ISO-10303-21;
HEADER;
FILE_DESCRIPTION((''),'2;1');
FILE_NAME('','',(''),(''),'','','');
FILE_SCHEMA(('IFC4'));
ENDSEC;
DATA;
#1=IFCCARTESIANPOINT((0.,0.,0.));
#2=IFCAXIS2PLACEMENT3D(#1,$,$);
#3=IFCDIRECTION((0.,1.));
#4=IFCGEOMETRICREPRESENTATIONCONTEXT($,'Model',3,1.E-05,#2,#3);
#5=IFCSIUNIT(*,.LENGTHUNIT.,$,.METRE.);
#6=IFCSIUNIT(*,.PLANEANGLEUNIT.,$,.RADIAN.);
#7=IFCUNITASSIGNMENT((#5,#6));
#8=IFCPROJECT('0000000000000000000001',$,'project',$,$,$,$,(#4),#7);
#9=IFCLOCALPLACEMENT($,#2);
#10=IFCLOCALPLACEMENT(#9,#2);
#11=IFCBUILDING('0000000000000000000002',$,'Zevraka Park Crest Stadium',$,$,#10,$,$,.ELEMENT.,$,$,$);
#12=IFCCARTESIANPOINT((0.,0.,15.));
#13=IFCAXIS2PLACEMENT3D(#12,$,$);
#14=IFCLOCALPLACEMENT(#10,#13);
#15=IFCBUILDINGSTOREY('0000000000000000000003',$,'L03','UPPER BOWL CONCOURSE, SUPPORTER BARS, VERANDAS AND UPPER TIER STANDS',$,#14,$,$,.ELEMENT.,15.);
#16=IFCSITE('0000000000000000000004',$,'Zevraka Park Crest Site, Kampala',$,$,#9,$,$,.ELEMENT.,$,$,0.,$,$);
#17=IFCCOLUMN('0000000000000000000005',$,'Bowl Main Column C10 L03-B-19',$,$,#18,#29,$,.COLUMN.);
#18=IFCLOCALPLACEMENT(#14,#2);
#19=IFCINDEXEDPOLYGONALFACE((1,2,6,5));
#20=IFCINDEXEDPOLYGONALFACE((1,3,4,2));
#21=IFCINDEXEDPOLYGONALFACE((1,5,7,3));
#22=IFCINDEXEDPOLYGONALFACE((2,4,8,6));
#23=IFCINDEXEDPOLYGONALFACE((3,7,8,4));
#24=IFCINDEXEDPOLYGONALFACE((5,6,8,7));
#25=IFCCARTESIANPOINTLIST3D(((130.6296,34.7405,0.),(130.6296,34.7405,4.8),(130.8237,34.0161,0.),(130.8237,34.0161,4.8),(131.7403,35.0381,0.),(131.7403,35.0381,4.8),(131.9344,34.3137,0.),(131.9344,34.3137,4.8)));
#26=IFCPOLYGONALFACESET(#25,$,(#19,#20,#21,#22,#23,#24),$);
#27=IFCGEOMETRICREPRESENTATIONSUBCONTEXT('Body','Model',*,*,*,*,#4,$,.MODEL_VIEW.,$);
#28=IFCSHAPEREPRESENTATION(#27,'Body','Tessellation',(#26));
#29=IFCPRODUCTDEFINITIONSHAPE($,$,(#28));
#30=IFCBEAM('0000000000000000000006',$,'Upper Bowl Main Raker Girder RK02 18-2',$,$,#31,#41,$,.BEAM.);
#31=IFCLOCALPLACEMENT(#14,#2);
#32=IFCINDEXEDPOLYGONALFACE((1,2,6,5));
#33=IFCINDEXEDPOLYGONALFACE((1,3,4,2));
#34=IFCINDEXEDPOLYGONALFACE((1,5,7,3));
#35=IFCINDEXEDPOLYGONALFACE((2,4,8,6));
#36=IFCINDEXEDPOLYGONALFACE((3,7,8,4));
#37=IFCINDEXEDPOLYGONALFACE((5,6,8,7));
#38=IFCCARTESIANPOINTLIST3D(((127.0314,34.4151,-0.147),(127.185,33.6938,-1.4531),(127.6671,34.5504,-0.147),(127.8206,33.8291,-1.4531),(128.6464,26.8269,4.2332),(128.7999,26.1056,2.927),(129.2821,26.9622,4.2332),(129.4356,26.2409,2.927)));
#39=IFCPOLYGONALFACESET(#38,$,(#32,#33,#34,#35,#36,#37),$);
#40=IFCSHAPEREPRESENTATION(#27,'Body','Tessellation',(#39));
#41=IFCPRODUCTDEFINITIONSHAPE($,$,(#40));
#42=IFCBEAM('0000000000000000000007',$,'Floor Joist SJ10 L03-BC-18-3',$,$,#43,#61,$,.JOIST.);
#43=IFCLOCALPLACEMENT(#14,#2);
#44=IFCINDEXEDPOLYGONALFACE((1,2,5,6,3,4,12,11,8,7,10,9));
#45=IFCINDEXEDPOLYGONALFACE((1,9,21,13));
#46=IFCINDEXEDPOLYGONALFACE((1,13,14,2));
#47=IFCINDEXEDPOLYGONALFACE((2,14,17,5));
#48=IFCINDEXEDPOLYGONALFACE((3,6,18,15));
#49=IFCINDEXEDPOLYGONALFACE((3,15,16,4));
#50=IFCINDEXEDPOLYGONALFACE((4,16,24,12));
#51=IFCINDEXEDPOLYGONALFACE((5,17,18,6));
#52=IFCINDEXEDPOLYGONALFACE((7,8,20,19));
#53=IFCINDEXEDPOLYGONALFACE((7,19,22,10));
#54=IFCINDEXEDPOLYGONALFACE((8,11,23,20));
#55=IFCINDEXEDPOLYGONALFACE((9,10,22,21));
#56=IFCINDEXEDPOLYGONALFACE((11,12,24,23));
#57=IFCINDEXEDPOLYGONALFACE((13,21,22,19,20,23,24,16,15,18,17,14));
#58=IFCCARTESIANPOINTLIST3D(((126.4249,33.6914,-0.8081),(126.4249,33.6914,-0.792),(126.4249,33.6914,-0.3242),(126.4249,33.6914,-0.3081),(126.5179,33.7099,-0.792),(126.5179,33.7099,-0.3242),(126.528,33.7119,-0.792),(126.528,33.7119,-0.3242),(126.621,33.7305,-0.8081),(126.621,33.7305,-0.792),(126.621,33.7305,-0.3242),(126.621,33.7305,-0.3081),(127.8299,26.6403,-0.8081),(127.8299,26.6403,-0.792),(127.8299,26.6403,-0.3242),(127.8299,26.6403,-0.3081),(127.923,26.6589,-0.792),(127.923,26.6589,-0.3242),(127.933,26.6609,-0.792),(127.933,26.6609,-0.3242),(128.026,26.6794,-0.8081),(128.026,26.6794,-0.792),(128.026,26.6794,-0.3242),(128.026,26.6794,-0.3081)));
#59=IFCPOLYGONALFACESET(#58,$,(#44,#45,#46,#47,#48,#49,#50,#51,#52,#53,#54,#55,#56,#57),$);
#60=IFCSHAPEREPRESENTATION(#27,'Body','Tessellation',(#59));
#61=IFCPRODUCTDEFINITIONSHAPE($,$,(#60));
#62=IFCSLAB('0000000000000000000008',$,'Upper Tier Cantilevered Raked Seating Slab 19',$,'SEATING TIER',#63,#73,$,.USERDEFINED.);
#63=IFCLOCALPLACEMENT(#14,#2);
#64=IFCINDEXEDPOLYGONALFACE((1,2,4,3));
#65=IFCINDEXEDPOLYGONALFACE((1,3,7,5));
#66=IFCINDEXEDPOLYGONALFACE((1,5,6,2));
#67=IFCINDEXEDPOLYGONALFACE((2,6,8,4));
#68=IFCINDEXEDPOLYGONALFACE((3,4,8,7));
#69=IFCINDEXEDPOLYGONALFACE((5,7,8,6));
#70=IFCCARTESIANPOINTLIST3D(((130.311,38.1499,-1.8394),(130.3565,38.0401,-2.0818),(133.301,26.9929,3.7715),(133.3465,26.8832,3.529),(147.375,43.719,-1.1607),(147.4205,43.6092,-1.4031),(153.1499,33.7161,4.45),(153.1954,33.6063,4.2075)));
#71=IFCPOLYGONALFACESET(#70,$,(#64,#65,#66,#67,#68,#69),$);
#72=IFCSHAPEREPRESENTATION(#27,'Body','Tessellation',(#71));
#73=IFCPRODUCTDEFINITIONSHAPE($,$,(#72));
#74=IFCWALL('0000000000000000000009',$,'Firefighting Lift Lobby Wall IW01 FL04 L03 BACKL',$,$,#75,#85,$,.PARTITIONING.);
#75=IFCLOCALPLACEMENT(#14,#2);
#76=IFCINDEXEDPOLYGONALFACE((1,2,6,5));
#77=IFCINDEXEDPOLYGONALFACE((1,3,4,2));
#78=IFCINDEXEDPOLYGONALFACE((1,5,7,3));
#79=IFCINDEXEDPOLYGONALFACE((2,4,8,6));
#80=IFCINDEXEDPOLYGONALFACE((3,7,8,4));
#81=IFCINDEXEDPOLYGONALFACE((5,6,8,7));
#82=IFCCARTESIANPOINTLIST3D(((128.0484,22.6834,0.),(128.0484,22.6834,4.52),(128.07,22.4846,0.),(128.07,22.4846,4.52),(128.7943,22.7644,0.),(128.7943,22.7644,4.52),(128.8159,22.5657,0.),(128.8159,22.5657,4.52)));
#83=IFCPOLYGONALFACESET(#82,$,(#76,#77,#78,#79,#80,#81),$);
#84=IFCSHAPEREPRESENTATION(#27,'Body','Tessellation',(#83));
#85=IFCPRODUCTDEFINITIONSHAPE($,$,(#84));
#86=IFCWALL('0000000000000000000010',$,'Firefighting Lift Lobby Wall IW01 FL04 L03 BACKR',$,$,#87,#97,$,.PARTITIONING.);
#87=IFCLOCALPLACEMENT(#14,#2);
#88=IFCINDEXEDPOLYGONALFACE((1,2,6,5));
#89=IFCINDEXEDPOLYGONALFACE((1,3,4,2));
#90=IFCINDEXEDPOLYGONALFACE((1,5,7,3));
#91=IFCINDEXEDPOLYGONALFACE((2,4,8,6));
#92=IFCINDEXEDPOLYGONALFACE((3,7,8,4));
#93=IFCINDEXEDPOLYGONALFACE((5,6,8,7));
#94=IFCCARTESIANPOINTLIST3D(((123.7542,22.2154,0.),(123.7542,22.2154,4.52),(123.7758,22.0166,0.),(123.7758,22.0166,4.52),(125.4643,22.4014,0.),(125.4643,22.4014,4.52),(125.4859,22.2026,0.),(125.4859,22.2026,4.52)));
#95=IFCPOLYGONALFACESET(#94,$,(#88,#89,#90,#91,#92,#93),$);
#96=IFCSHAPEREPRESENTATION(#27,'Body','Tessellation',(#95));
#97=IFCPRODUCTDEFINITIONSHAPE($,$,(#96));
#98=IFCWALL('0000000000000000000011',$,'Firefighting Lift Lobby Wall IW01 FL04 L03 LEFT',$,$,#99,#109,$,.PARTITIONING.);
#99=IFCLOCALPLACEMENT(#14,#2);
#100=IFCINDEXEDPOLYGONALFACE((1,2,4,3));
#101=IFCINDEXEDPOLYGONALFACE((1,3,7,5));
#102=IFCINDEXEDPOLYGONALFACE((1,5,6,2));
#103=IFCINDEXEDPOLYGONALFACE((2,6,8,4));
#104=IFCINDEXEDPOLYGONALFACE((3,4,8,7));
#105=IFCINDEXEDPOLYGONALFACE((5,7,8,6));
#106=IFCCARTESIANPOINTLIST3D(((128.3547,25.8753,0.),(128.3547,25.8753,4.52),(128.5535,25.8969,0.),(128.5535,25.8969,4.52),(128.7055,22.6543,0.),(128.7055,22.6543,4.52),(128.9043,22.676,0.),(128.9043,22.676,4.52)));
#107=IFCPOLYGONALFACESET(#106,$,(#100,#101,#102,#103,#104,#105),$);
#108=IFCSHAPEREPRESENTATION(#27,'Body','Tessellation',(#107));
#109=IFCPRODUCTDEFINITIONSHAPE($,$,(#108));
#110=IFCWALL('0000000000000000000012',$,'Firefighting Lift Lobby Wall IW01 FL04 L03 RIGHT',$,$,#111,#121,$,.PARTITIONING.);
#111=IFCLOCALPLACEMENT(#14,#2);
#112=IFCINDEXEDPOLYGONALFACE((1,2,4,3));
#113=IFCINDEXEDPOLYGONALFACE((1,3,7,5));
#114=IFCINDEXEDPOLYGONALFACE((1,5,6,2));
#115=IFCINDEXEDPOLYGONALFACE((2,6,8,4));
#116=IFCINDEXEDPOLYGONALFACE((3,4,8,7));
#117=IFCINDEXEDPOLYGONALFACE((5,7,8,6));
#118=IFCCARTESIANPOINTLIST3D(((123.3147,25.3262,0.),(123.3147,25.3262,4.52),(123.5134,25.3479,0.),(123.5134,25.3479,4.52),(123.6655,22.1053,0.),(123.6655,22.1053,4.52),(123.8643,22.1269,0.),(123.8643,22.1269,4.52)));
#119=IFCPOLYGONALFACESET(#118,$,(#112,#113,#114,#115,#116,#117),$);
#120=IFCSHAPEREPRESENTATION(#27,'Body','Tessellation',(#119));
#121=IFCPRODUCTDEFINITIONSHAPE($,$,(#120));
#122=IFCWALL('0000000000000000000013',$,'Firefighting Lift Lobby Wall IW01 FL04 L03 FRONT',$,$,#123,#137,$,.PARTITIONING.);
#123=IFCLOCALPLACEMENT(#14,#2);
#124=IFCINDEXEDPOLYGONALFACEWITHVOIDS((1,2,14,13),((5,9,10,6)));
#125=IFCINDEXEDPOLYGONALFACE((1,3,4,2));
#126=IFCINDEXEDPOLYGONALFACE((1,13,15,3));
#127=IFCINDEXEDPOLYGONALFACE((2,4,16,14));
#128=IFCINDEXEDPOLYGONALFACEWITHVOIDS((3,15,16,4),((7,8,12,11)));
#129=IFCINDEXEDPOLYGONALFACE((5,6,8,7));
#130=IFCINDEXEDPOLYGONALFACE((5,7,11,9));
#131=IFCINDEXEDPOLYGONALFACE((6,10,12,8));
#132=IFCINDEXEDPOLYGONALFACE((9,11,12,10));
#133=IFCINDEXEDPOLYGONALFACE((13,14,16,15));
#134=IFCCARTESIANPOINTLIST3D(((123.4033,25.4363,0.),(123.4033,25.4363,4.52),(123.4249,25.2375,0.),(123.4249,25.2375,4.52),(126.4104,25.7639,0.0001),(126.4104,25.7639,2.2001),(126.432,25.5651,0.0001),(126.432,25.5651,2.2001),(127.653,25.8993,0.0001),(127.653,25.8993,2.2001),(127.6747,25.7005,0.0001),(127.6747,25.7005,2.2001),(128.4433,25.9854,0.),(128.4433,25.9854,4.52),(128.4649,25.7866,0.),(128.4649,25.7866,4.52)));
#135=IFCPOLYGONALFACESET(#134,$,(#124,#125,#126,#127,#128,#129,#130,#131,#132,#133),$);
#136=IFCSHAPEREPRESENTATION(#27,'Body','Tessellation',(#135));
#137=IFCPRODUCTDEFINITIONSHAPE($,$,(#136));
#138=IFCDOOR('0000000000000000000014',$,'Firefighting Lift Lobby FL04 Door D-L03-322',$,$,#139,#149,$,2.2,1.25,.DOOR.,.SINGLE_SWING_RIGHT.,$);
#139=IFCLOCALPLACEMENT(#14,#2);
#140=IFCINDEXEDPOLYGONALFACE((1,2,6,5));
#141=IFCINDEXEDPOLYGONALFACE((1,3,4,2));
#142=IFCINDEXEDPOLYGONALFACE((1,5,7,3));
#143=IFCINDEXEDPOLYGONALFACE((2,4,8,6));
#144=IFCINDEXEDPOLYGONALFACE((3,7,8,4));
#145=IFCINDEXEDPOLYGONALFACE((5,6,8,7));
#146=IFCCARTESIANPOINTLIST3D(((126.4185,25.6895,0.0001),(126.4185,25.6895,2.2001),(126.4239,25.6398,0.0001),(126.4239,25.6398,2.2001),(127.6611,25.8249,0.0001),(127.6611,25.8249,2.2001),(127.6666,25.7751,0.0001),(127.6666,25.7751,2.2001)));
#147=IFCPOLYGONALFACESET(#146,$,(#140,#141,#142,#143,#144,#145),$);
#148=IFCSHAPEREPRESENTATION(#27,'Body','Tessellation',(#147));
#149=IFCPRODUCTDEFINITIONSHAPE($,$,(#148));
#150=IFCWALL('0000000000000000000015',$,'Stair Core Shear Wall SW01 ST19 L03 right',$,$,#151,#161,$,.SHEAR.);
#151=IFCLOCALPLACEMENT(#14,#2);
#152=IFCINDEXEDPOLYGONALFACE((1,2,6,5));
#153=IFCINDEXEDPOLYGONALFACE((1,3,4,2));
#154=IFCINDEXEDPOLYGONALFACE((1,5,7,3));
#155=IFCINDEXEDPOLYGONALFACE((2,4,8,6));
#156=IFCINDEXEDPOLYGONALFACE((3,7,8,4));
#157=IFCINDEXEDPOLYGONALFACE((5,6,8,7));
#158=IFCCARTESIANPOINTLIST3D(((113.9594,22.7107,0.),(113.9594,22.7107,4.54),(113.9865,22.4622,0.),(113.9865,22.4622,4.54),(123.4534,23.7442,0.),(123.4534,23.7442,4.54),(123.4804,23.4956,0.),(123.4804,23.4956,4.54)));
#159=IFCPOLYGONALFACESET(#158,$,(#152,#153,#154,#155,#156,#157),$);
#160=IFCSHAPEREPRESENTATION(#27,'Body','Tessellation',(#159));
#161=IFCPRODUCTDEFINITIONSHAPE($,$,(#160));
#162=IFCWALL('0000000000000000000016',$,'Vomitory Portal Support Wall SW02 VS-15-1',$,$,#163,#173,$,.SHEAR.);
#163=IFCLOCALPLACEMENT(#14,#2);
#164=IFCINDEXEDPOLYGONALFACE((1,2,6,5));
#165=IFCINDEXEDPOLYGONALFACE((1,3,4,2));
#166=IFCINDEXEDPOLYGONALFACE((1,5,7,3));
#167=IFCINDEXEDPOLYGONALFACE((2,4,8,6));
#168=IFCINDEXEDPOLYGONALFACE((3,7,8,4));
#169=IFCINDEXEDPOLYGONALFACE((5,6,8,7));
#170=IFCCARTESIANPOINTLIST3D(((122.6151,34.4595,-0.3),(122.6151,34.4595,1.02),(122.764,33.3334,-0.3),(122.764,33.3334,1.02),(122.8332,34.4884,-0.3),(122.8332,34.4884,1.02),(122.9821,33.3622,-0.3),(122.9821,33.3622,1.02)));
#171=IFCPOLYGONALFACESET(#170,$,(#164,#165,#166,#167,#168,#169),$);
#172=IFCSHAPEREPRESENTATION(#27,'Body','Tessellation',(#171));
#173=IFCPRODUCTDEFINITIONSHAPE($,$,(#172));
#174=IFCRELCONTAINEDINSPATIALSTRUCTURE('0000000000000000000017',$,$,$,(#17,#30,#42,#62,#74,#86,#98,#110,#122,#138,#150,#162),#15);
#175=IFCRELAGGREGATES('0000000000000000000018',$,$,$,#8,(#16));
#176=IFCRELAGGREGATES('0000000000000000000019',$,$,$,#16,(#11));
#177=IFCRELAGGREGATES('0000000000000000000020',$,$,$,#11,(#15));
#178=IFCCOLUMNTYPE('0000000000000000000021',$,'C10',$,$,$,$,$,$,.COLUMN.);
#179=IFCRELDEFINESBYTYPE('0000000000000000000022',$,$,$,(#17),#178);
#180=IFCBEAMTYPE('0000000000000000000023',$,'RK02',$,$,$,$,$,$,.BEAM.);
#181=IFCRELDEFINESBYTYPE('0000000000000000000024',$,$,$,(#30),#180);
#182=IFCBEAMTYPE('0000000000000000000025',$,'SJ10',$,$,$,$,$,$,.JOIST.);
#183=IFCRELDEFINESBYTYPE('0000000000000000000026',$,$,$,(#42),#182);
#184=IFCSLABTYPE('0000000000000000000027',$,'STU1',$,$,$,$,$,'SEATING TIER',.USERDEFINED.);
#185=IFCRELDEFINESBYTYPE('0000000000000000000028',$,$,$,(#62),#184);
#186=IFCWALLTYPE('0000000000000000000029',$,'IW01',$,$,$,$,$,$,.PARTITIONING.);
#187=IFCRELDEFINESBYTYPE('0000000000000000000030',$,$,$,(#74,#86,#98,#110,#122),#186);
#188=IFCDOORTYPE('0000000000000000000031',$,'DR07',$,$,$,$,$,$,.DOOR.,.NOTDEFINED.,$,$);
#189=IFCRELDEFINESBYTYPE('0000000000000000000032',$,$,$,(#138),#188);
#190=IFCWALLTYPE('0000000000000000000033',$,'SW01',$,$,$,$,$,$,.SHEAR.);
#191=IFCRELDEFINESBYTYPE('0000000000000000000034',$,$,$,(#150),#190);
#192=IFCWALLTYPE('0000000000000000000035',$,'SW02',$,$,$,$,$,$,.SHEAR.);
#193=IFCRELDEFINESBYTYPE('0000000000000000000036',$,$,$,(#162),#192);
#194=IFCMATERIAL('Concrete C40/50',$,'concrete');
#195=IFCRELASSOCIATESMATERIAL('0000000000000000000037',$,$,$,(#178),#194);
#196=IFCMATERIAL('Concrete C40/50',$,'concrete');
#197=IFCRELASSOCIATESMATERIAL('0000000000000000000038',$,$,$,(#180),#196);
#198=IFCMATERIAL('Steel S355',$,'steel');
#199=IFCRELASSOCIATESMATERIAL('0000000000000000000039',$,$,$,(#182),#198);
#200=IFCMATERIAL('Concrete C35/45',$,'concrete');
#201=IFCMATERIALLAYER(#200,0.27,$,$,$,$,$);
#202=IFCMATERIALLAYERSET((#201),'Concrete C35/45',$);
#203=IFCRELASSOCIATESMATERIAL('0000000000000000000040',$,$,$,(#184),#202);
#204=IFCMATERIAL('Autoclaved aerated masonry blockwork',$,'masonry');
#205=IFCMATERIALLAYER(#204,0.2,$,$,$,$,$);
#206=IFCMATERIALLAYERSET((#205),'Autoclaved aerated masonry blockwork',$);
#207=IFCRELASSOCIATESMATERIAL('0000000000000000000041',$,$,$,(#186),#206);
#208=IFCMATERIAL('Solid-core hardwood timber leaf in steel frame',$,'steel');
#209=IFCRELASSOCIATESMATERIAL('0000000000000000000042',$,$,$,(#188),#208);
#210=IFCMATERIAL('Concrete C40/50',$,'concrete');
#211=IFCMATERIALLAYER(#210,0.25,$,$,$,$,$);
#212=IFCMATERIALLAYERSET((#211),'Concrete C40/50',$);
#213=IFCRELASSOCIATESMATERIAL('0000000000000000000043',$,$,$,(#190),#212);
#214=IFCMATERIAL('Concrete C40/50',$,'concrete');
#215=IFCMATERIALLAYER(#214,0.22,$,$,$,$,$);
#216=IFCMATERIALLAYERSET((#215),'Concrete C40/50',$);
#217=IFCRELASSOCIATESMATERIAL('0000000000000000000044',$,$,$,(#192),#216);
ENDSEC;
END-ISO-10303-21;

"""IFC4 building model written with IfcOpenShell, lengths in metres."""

from ifc_helpers import new_model, si_unit, direction, frame, frame_2d, origin, origin_2d, place, context, subcontext, project, spatial, polyline, rectangle, i_section, outline, extrude, material, layer, layer_set, material_profile, profile_set, type_object, element, fill, save


model = new_model("IFC4")

# Units and contexts
model_context = context("Model", 3, precision=1e-05, world=origin(), true_north=direction((0.0, 1.0)))
body_context = subcontext(model_context, "Body", "Model", "MODEL_VIEW")
ifc_project = project(units=[si_unit("LENGTHUNIT", "METRE"), si_unit("PLANEANGLEUNIT", "RADIAN")], contexts=[model_context])

# Site, building, storey
site_placement = place(None, origin())
site = spatial("IfcSite", under=ifc_project, at=site_placement, Name="Zevraka Park Crest Site, Kampala", CompositionType="ELEMENT", RefElevation=0.0)
building_placement = place(site_placement, origin())
building = spatial("IfcBuilding", under=site, at=building_placement, Name="Zevraka Park Crest Stadium", CompositionType="ELEMENT")
storey_placement = place(building_placement, frame((0.0, 0.0, 15.0)))
storey = spatial("IfcBuildingStorey", under=building, at=storey_placement, Name="L03", Description="UPPER BOWL CONCOURSE, SUPPORTER BARS, VERANDAS AND UPPER TIER STANDS", CompositionType="ELEMENT", Elevation=15.0)

# Column
ifc_material_1 = material(Name="Concrete C40/50", Category="concrete")
ifc_material_profile_1 = material_profile(ifc_material_1, rectangle(XDim=0.75, YDim=1.1499, at=origin_2d()), Name="RC 1150x750")
ifc_profile_set_1 = profile_set([ifc_material_profile_1], Name="Concrete C40/50")
column_type = type_object("IfcColumnType", Name="C10", PredefinedType="COLUMN", material=ifc_profile_set_1)
column_placement = place(storey_placement, frame((131.282, 34.5271, 0.0), z_axis=(0.0, 0.0, 1.0), x_axis=(-0.258819, 0.965926, 0.0)))
element("IfcColumn", 1, at=column_placement, inside=storey, type_object=column_type, Name="Bowl Main Column C10 L03-B-19", PredefinedType="COLUMN", context=body_context, shape_type="SweptSolid", body=[
    extrude(rectangle(XDim=0.75, YDim=1.1499, at=origin_2d()), origin(), (0.0, 0.0, 1.0), 4.8),
])

# Beams
ifc_material_2 = material(Name="Concrete C40/50", Category="concrete")
ifc_material_profile_2 = material_profile(ifc_material_2, rectangle(XDim=0.6499, YDim=1.5, at=origin_2d()), Name="RC 1500x650")
ifc_profile_set_2 = profile_set([ifc_material_profile_2], Name="Concrete C40/50")
beam_type_1 = type_object("IfcBeamType", Name="RK02", PredefinedType="BEAM", material=ifc_profile_set_2)
beam_1_placement = place(storey_placement, frame((127.426, 34.1221, -0.8), z_axis=(0.181273, -0.851721, 0.491642), x_axis=(0.978093, 0.208168, 0.0)))
element("IfcBeam", 2, at=beam_1_placement, inside=storey, type_object=beam_type_1, Name="Upper Bowl Main Raker Girder RK02 18-2", PredefinedType="BEAM", context=body_context, shape_type="SweptSolid", body=[
    extrude(rectangle(XDim=0.6499, YDim=1.5, at=origin_2d()), origin(), (0.0, 0.0, 1.0), 8.9092),
])
ifc_material_3 = material(Name="Steel S355", Category="steel")
ifc_material_profile_3 = material_profile(ifc_material_3, i_section(OverallWidth=0.2, OverallDepth=0.5, WebThickness=0.0103, FlangeThickness=0.0161, at=origin_2d()), Name="IPE 500")
ifc_profile_set_3 = profile_set([ifc_material_profile_3], Name="Steel S355")
beam_type_2 = type_object("IfcBeamType", Name="SJ10", PredefinedType="JOIST", material=ifc_profile_set_3)
beam_2_placement = place(storey_placement, frame((126.5229, 33.7109, -0.5581), z_axis=(0.195424, -0.980719, 0.0), x_axis=(0.980719, 0.195424, 0.0)))
element("IfcBeam", 3, at=beam_2_placement, inside=storey, type_object=beam_type_2, Name="Floor Joist SJ10 L03-BC-18-3", PredefinedType="JOIST", context=body_context, shape_type="SweptSolid", body=[
    extrude(i_section(OverallWidth=0.2, OverallDepth=0.5, WebThickness=0.0103, FlangeThickness=0.0161, at=origin_2d()), origin(), (0.0, 0.0, 1.0), 7.1897),
])

# Slab
ifc_material_4 = material(Name="Concrete C35/45", Category="concrete")
ifc_layer_1 = layer(ifc_material_4, 0.27)
ifc_layer_set_1 = layer_set([ifc_layer_1], Name="Concrete C35/45")
slab_type = type_object("IfcSlabType", Name="STU1", ElementType="SEATING TIER", PredefinedType="USERDEFINED", material=ifc_layer_set_1)
slab_placement = place(storey_placement, frame((130.311, 38.1499, -1.8394), z_axis=(-0.168379, 0.406482, 0.898009), x_axis=(0.949973, 0.310038, 0.037784)))
element("IfcSlab", 4, at=slab_placement, inside=storey, type_object=slab_type, Name="Upper Tier Cantilevered Raked Seating Slab 19", ObjectType="SEATING TIER", PredefinedType="USERDEFINED", context=body_context, shape_type="SweptSolid", body=[
    extrude(outline(polyline([(0.0, 0.0), (17.9626, 0.0), (20.5593, -12.5755), (-0.4067, -12.8349), (0.0, 0.0)])), origin(), (0.0, 0.0, -1.0), 0.27),
])

# Walls
ifc_material_5 = material(Name="Autoclaved aerated masonry blockwork", Category="masonry")
ifc_layer_2 = layer(ifc_material_5, 0.2)
ifc_layer_set_2 = layer_set([ifc_layer_2], Name="Autoclaved aerated masonry blockwork")
wall_type_1 = type_object("IfcWallType", Name="IW01", PredefinedType="PARTITIONING", material=ifc_layer_set_2)
wall_1_placement = place(storey_placement, frame((128.8049, 22.665, 0.0), z_axis=(0.0, 0.0, 1.0), x_axis=(-0.994147, -0.108038, 0.0)))
element("IfcWall", 5, at=wall_1_placement, inside=storey, type_object=wall_type_1, Name="Firefighting Lift Lobby Wall IW01 FL04 L03 BACKL", PredefinedType="PARTITIONING", context=body_context, shape_type="SweptSolid", body=[
    extrude(rectangle(XDim=0.7502, YDim=0.2, at=frame_2d((0.375, 0.0))), origin(), (0.0, 0.0, 1.0), 4.52),
])
wall_2_placement = place(storey_placement, frame((125.4751, 22.302, 0.0), z_axis=(0.0, 0.0, 1.0), x_axis=(-0.994136, -0.108142, 0.0)))
element("IfcWall", 6, at=wall_2_placement, inside=storey, type_object=wall_type_1, Name="Firefighting Lift Lobby Wall IW01 FL04 L03 BACKR", PredefinedType="PARTITIONING", context=body_context, shape_type="SweptSolid", body=[
    extrude(rectangle(XDim=1.7202, YDim=0.2, at=frame_2d((0.8601, 0.0))), origin(), (0.0, 0.0, 1.0), 4.52),
])
for number, where, z_axis, x_axis, name in (
    (7, (128.8049, 22.665, 0.0), (0.0, 0.0, 1.0), (-0.108281, 0.99412, 0.0), "Firefighting Lift Lobby Wall IW01 FL04 L03 LEFT"),
    (8, (123.7649, 22.116, 0.0), (0.0, 0.0, 1.0), (-0.108281, 0.99412, 0.0), "Firefighting Lift Lobby Wall IW01 FL04 L03 RIGHT"),
):
    element("IfcWall", number, at=place(storey_placement, frame(where, z_axis=z_axis, x_axis=x_axis)), inside=storey, type_object=wall_type_1, Name=name, PredefinedType="PARTITIONING", context=body_context, shape_type="SweptSolid", body=[
        extrude(rectangle(XDim=3.24, YDim=0.2, at=frame_2d((1.6201, 0.0))), origin(), (0.0, 0.0, 1.0), 4.52),
    ])

# Wall, opening, door
wall_3_placement = place(storey_placement, frame((128.4541, 25.886, 0.0), z_axis=(0.0, 0.0, 1.0), x_axis=(-0.994118, -0.108301, 0.0)))
wall_3 = element("IfcWall", 9, at=wall_3_placement, inside=storey, type_object=wall_type_1, Name="Firefighting Lift Lobby Wall IW01 FL04 L03 FRONT", PredefinedType="PARTITIONING", context=body_context, shape_type="SweptSolid", body=[
    extrude(rectangle(XDim=5.0698, YDim=0.2, at=frame_2d((2.5349, 0.0))), origin(), (0.0, 0.0, 1.0), 4.52),
])
opening_1_placement = place(wall_3_placement, frame((0.7949, 0.0, 0.0)))
opening_1 = element("IfcOpeningElement", 10, at=opening_1_placement, cuts=wall_3, PredefinedType="OPENING", context=body_context, shape_type="SweptSolid", body=[
    extrude(rectangle(XDim=1.25, YDim=2.2, at=frame_2d((0.625, 1.1001))), frame((0.0, 0.1099, 0.0), z_axis=(0.0, -1.0, 0.0), x_axis=(1.0, 0.0, 0.0)), (0.0, 0.0, 1.0), 0.22),
])
ifc_material_6 = material(Name="Solid-core hardwood timber leaf in steel frame", Category="steel")
door_type_1 = type_object("IfcDoorType", Name="DR07", OperationType="NOTDEFINED", PredefinedType="DOOR", material=ifc_material_6)
door_1_placement = place(opening_1_placement, origin())
door_1 = element("IfcDoor", 11, at=door_1_placement, inside=storey, type_object=door_type_1, Name="Firefighting Lift Lobby FL04 Door D-L03-322", OperationType="SINGLE_SWING_RIGHT", OverallHeight=2.2, OverallWidth=1.25, PredefinedType="DOOR", context=body_context, shape_type="SweptSolid", body=[
    extrude(rectangle(XDim=1.25, YDim=2.2, at=frame_2d((0.625, 1.1001))), frame((0.0, 0.0249, 0.0), z_axis=(0.0, -1.0, 0.0), x_axis=(1.0, 0.0, 0.0)), (0.0, 0.0, 1.0), 0.05),
])
fill(opening_1, door_1)

# Walls
ifc_material_7 = material(Name="Concrete C40/50", Category="concrete")
ifc_layer_3 = layer(ifc_material_7, 0.25)
ifc_layer_set_3 = layer_set([ifc_layer_3], Name="Concrete C40/50")
wall_type_2 = type_object("IfcWallType", Name="SW01", PredefinedType="SHEAR", material=ifc_layer_set_3)
wall_4_placement = place(storey_placement, frame((123.4668, 23.6199, 0.0), z_axis=(0.0, 0.0, 1.0), x_axis=(-0.994128, -0.108215, 0.0)))
element("IfcWall", 12, at=wall_4_placement, inside=storey, type_object=wall_type_2, Name="Stair Core Shear Wall SW01 ST19 L03 right", PredefinedType="SHEAR", context=body_context, shape_type="SweptSolid", body=[
    extrude(rectangle(XDim=9.55, YDim=0.25, at=frame_2d((4.7749, 0.0))), origin(), (0.0, 0.0, 1.0), 4.54),
])
ifc_material_8 = material(Name="Concrete C40/50", Category="concrete")
ifc_layer_4 = layer(ifc_material_8, 0.22)
ifc_layer_set_4 = layer_set([ifc_layer_4], Name="Concrete C40/50")
wall_type_3 = type_object("IfcWallType", Name="SW02", PredefinedType="SHEAR", material=ifc_layer_set_4)
wall_5_placement = place(storey_placement, frame((122.873, 33.3479, -0.3), z_axis=(0.0, 0.0, 1.0), x_axis=(-0.131094, 0.99137, 0.0)))
element("IfcWall", 13, at=wall_5_placement, inside=storey, type_object=wall_type_3, Name="Vomitory Portal Support Wall SW02 VS-15-1", PredefinedType="SHEAR", context=body_context, shape_type="SweptSolid", body=[
    extrude(rectangle(XDim=1.136, YDim=0.22, at=frame_2d((0.5679, 0.0))), origin(), (0.0, 0.0, 1.0), 1.3201),
])

save(model, "model.ifc")
